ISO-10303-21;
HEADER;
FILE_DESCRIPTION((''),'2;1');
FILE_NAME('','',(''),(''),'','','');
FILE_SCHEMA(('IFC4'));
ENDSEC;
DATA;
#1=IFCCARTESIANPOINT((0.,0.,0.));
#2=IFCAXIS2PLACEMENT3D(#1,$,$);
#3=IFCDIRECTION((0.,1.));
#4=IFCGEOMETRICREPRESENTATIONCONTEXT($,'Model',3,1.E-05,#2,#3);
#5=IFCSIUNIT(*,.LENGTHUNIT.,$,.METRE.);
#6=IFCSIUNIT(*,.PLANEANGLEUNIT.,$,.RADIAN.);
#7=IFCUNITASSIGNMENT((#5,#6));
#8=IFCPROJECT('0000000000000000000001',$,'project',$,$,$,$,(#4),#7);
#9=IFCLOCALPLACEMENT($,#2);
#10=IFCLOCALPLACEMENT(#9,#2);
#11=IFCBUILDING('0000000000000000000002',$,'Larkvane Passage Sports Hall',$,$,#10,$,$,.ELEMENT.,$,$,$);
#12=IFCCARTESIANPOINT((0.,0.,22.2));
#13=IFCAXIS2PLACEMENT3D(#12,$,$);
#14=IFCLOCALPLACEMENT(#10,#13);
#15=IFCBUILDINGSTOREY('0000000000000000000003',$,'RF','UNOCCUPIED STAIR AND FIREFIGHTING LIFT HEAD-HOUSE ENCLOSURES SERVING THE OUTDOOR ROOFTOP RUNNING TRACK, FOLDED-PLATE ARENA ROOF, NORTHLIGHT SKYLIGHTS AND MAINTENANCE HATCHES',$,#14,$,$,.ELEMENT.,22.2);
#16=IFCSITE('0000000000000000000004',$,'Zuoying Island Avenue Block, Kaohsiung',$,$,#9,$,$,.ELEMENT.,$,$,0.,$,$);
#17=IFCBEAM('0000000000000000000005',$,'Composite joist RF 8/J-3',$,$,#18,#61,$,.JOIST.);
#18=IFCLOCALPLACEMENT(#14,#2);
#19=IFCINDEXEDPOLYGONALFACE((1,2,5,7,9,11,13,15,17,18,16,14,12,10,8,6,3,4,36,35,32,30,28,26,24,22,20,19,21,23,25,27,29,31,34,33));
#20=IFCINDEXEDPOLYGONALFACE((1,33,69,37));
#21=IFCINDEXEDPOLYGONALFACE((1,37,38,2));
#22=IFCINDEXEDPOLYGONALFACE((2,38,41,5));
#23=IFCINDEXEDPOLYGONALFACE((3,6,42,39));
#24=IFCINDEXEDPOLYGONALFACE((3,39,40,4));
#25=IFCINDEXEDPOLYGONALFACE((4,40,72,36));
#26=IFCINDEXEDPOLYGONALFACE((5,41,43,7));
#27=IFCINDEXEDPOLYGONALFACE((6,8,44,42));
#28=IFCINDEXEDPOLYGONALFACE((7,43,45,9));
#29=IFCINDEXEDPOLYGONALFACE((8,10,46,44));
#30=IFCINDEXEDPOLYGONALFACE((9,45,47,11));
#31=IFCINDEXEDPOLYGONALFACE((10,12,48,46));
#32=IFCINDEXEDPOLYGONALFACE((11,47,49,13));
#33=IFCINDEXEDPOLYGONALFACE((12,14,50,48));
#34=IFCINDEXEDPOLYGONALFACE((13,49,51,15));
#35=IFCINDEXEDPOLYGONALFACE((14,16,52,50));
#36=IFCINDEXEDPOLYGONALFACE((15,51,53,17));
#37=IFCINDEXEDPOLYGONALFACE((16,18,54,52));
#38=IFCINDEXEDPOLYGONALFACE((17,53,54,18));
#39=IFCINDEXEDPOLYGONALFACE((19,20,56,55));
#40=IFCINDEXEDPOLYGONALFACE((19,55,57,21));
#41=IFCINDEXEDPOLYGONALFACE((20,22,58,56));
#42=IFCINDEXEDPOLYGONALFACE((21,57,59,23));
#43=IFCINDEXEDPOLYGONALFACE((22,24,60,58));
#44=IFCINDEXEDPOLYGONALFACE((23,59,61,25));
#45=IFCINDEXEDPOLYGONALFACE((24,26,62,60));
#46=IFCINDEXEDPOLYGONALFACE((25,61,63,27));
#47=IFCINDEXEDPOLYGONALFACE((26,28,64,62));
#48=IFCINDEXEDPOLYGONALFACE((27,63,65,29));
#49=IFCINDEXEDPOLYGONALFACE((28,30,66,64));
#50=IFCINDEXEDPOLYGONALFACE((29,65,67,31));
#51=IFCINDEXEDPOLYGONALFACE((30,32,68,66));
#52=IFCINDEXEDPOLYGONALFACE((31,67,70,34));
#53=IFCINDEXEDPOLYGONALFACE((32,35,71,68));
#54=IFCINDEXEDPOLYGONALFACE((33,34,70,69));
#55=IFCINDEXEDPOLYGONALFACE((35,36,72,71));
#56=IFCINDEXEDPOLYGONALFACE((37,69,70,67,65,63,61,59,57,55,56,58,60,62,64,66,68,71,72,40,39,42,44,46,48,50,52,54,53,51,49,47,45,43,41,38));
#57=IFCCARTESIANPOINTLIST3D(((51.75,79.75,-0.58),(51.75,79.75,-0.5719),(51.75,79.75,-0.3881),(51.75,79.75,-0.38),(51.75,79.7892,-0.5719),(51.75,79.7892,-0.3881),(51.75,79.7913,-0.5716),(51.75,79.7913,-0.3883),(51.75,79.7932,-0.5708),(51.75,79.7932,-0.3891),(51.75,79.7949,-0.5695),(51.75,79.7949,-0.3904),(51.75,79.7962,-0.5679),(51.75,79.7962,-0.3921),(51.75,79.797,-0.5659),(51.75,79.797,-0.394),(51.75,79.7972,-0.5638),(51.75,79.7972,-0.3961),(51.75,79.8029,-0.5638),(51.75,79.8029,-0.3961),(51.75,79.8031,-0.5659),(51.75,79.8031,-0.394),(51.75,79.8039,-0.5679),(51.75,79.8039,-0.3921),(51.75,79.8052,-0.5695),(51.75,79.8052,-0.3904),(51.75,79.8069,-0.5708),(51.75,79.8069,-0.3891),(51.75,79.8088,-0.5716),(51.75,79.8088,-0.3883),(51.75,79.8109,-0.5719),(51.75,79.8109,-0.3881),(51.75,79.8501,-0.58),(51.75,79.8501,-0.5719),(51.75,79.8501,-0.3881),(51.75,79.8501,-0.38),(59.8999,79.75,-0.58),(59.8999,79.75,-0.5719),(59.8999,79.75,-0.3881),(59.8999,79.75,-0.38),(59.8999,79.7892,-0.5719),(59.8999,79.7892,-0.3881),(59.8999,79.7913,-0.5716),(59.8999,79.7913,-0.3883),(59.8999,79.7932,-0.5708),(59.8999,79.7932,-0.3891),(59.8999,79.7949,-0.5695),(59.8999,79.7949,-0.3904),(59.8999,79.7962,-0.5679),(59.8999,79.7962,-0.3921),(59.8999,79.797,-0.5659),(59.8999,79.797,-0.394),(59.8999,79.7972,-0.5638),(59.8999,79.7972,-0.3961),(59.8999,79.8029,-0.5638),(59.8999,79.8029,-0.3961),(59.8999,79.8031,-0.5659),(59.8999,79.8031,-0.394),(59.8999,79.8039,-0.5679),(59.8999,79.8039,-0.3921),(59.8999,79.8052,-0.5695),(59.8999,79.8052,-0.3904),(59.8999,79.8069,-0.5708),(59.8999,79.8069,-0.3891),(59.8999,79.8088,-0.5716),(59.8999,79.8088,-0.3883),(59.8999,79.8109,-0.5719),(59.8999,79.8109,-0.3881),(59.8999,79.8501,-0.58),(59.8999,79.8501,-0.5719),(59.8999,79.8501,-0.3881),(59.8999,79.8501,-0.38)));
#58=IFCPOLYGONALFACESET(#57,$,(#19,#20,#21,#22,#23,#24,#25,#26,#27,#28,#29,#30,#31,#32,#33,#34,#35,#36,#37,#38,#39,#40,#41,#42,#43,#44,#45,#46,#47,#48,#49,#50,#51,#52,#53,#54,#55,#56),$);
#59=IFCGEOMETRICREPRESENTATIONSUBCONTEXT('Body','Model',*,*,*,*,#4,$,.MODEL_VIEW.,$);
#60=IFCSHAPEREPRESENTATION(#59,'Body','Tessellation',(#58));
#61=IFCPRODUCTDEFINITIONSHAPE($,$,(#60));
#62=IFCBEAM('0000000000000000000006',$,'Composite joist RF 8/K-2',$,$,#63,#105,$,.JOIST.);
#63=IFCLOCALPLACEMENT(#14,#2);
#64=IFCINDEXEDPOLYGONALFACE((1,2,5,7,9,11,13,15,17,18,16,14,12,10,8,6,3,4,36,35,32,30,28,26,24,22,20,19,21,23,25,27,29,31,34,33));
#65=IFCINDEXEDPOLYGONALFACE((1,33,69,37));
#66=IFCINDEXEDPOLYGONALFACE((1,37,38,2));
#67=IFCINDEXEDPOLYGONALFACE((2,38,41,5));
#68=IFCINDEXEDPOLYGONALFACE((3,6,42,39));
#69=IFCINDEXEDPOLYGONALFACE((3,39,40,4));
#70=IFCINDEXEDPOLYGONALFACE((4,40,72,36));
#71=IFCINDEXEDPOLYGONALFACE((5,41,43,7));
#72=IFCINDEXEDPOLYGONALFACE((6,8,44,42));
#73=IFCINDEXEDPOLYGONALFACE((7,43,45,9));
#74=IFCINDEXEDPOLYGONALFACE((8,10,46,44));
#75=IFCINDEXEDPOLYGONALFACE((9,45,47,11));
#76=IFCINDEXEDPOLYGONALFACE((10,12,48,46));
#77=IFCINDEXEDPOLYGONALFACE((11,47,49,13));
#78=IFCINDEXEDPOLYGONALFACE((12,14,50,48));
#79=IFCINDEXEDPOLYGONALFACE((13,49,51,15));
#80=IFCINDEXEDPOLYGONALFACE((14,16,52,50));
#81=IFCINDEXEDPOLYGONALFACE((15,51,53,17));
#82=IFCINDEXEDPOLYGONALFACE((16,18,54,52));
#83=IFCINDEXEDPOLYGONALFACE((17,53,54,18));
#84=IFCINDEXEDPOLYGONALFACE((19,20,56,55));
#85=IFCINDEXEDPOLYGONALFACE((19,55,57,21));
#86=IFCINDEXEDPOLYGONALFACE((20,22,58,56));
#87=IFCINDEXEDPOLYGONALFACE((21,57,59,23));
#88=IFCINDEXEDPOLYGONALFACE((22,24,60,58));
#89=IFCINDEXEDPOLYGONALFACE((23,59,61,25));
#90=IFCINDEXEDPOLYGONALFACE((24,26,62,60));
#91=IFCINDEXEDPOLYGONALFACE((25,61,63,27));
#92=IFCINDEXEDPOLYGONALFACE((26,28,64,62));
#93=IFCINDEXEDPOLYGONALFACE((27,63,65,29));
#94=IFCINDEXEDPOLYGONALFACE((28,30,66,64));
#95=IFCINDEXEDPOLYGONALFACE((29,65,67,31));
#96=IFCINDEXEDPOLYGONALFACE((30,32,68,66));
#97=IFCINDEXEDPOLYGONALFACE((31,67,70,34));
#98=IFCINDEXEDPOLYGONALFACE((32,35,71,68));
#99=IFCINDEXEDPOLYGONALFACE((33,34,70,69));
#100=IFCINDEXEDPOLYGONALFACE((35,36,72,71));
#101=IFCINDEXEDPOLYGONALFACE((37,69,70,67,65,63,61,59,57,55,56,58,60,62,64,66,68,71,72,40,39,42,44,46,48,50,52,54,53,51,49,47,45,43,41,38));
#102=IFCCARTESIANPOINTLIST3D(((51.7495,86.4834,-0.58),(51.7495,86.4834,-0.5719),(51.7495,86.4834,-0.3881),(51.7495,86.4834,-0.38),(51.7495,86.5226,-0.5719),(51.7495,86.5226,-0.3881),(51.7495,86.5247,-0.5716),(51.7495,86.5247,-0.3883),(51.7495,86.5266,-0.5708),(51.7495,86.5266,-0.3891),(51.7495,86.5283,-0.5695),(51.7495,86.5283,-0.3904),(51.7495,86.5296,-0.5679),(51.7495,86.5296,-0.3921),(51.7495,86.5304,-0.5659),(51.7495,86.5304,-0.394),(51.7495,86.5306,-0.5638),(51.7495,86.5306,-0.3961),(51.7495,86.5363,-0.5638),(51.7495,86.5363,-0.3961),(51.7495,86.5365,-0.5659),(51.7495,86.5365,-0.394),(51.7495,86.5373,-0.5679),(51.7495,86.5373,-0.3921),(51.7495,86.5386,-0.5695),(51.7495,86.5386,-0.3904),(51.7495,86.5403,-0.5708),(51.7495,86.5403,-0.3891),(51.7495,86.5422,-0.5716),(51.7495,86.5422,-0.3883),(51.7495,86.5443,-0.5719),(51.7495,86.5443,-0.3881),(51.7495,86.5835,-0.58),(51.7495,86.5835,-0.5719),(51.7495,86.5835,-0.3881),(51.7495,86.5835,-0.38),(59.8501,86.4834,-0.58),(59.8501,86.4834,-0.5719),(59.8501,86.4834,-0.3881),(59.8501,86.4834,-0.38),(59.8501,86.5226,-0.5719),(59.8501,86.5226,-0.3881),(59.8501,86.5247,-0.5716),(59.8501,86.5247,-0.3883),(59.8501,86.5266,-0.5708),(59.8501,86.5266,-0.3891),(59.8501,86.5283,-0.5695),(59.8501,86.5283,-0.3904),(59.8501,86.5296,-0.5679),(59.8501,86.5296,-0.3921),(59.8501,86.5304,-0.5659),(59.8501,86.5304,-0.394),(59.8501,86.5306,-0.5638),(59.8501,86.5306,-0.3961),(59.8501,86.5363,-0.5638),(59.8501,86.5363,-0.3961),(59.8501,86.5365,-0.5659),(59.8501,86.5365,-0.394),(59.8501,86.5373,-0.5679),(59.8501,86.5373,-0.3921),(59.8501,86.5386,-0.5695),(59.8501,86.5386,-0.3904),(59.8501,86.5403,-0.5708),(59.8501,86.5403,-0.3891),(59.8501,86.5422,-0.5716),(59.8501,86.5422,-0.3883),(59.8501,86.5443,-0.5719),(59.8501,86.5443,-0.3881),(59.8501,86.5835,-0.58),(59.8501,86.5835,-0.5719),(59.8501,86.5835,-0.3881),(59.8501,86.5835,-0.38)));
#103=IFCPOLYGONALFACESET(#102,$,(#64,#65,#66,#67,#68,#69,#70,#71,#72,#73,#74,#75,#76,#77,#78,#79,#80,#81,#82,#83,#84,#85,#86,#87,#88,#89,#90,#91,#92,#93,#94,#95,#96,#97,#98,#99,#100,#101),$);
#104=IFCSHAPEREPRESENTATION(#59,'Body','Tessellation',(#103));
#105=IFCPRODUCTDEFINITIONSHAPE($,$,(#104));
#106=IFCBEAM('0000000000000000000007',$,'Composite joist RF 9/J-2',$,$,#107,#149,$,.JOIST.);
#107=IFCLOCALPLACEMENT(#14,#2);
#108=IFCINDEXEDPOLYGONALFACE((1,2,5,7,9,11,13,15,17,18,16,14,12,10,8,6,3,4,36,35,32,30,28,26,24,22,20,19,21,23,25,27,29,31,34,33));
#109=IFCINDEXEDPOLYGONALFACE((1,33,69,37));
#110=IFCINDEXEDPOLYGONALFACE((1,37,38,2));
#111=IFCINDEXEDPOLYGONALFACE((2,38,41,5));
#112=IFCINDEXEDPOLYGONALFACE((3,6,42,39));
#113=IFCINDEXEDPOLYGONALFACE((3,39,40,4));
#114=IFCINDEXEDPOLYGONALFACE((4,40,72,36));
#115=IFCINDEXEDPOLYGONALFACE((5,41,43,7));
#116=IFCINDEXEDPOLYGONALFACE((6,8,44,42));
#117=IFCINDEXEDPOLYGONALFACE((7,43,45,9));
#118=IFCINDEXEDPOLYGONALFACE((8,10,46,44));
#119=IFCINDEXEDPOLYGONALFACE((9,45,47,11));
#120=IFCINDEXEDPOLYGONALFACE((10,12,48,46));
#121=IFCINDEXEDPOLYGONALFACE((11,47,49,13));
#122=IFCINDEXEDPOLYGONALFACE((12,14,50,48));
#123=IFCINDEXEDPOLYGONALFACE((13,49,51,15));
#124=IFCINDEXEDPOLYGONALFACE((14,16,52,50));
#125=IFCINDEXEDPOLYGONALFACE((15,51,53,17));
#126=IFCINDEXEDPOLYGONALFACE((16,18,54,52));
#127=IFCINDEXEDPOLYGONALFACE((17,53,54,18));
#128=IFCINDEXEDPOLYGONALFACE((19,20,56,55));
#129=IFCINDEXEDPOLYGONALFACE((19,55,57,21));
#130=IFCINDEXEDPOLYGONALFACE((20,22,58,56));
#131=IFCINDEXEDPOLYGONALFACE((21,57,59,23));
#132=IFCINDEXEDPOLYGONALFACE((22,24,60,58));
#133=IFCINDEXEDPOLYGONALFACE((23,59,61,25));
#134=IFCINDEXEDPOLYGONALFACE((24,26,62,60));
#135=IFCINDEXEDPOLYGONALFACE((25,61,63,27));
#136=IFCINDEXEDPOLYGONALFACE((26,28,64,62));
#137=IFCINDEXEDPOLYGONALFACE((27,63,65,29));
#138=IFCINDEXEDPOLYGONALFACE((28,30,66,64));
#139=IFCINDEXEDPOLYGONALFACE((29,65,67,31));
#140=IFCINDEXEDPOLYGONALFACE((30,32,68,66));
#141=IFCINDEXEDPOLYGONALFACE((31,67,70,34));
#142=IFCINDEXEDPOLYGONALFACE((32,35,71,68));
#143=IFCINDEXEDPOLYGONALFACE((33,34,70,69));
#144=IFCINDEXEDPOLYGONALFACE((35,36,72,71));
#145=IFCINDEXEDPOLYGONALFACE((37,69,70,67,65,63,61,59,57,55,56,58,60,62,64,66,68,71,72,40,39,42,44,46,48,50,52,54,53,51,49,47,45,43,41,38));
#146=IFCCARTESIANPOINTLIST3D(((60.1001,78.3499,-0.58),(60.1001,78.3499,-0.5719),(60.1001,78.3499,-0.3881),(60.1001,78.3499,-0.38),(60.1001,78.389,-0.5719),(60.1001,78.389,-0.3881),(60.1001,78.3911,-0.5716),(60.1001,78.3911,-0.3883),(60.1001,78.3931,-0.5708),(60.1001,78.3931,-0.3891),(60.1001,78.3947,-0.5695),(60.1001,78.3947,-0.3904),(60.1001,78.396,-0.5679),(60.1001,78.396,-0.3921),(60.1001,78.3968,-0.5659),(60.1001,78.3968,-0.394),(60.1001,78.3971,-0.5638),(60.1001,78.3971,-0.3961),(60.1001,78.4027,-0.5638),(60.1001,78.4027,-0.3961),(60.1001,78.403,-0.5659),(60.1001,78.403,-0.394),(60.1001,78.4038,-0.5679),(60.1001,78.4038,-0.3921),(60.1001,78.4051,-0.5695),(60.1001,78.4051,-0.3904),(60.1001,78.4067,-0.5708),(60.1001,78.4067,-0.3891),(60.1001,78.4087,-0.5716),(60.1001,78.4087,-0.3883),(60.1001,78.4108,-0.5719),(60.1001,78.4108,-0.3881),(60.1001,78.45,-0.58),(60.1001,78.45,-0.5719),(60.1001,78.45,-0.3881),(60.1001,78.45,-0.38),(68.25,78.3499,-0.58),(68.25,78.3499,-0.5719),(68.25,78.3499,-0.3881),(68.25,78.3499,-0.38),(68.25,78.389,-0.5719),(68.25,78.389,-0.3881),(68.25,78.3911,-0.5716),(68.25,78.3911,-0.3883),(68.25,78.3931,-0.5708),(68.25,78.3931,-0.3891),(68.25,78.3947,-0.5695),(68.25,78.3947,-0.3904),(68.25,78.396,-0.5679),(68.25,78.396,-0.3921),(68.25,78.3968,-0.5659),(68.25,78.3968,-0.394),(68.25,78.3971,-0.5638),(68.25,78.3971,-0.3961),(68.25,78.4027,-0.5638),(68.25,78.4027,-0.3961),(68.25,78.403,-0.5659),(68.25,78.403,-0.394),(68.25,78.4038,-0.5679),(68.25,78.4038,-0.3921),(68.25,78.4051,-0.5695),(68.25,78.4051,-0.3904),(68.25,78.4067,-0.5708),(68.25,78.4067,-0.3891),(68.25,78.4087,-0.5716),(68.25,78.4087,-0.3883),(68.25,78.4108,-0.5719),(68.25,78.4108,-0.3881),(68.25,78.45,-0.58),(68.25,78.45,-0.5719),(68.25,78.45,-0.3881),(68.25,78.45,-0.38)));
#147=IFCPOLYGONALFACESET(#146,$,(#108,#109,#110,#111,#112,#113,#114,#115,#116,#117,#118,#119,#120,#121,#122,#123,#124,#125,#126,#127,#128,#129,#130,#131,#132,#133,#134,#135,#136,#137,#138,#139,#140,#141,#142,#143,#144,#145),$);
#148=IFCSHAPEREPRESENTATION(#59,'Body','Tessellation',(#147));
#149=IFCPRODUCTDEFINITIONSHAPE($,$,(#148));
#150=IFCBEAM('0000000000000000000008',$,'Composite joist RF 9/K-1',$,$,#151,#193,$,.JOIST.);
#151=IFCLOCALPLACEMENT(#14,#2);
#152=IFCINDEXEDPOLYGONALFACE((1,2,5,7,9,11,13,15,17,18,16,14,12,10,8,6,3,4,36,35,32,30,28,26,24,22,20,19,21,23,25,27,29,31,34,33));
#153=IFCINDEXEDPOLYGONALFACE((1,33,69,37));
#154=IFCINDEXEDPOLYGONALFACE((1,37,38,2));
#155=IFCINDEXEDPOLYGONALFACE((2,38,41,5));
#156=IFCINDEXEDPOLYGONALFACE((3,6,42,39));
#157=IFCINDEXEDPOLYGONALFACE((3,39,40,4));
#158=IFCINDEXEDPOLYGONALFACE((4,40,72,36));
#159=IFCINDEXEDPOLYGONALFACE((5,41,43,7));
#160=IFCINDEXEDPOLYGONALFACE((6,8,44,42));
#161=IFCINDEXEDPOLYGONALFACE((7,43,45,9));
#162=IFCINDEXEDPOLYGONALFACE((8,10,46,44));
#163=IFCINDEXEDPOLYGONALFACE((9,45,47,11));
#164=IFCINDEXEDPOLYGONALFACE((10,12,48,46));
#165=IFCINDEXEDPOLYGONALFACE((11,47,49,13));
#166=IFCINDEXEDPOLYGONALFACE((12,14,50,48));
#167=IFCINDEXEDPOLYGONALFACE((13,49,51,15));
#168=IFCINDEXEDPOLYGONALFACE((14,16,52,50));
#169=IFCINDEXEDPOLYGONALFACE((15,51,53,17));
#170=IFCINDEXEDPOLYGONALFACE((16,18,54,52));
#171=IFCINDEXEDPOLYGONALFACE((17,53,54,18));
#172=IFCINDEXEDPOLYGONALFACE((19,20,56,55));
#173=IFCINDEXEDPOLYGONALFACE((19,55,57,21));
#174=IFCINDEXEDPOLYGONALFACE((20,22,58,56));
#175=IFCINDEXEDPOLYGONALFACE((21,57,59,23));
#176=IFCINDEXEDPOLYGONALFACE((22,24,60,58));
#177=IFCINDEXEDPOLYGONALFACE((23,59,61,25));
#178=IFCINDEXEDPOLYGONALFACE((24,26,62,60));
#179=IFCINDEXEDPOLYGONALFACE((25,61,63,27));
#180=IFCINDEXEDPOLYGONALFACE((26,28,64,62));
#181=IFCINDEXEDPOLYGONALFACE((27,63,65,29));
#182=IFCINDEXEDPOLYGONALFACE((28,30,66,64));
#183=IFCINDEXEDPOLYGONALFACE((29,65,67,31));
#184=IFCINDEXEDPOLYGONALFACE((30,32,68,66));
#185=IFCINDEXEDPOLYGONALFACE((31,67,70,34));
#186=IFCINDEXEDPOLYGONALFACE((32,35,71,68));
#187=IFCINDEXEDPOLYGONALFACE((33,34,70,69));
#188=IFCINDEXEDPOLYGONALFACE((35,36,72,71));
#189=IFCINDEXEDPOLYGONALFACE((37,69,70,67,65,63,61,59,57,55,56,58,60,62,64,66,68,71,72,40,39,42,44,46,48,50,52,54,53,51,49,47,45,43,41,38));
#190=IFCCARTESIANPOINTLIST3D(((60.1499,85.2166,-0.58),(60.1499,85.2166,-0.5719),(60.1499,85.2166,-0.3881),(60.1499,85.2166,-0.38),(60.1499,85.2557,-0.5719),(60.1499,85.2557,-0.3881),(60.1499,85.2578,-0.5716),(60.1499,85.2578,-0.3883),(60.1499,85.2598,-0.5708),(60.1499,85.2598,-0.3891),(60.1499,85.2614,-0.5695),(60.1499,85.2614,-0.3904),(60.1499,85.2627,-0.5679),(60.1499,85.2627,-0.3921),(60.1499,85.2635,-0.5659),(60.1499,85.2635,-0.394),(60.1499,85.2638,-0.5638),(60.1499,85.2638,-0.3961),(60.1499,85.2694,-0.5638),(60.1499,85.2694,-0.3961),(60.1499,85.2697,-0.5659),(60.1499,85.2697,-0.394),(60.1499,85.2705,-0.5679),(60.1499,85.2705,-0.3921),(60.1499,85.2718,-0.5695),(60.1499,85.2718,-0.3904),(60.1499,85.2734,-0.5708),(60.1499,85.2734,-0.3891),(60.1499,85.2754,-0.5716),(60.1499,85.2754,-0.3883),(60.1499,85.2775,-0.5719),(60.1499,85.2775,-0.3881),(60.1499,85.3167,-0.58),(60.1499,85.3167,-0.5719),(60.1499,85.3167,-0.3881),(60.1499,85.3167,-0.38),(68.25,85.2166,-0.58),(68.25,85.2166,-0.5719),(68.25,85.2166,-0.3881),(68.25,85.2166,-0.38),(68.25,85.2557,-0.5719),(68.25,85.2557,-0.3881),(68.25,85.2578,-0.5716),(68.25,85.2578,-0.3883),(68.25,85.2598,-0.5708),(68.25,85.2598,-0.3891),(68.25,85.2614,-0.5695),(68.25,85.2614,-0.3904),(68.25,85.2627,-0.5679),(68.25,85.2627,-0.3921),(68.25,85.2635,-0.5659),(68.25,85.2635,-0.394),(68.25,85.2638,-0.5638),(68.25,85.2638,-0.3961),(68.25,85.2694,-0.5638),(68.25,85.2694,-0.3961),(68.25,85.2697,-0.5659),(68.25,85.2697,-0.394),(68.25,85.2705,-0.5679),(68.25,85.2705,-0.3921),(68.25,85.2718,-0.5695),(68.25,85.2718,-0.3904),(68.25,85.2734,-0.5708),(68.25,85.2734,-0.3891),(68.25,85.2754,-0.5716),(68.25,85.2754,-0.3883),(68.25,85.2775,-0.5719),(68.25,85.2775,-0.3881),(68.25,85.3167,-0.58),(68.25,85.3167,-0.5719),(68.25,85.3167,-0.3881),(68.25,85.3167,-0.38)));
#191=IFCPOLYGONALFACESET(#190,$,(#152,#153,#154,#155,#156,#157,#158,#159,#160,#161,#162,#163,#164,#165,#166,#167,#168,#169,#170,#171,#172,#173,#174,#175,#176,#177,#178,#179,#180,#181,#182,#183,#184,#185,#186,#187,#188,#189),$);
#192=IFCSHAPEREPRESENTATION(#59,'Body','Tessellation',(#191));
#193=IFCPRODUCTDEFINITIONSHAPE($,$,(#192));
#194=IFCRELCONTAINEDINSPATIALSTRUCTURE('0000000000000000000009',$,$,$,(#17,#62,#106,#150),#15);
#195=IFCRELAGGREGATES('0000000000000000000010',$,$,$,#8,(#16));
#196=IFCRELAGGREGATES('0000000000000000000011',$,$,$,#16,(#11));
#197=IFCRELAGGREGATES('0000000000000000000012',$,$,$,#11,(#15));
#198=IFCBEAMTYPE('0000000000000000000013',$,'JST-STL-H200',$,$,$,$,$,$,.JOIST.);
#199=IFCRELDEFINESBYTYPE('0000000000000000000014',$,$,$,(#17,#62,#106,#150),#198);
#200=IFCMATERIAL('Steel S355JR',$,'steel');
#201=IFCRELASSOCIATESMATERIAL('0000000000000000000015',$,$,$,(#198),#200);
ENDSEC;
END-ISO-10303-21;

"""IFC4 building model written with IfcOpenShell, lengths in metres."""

from ifc_helpers import new_model, si_unit, direction, frame, origin, origin_2d, place, context, subcontext, project, spatial, i_section, extrude, material, material_profile, profile_set, type_object, element, save


model = new_model("IFC4")

# Units and contexts
model_context = context("Model", 3, precision=1e-05, world=origin(), true_north=direction((0.0, 1.0)))
body_context = subcontext(model_context, "Body", "Model", "MODEL_VIEW")
ifc_project = project(units=[si_unit("LENGTHUNIT", "METRE"), si_unit("PLANEANGLEUNIT", "RADIAN")], contexts=[model_context])

# Site, building, storey
site_placement = place(None, origin())
site = spatial("IfcSite", under=ifc_project, at=site_placement, Name="Zuoying Island Avenue Block, Kaohsiung", CompositionType="ELEMENT", RefElevation=0.0)
building_placement = place(site_placement, origin())
building = spatial("IfcBuilding", under=site, at=building_placement, Name="Larkvane Passage Sports Hall", CompositionType="ELEMENT")
storey_placement = place(building_placement, frame((0.0, 0.0, 22.2)))
storey = spatial("IfcBuildingStorey", under=building, at=storey_placement, Name="RF", Description="UNOCCUPIED STAIR AND FIREFIGHTING LIFT HEAD-HOUSE ENCLOSURES SERVING THE OUTDOOR ROOFTOP RUNNING TRACK, FOLDED-PLATE ARENA ROOF, NORTHLIGHT SKYLIGHTS AND MAINTENANCE HATCHES", CompositionType="ELEMENT", Elevation=22.2)

# Beams
ifc_material_1 = material(Name="Steel S355JR", Category="steel")
ifc_material_profile_1 = material_profile(ifc_material_1, i_section(OverallWidth=0.1001, OverallDepth=0.2, WebThickness=0.0056, FlangeThickness=0.0081, FilletRadius=0.0081, at=origin_2d()), Name="H-200x100x5.5x8")
ifc_profile_set_1 = profile_set([ifc_material_profile_1], Name="Steel S355JR")
beam_type_1 = type_object("IfcBeamType", Name="JST-STL-H200", PredefinedType="JOIST", material=ifc_profile_set_1)
beam_1_placement = place(storey_placement, frame((51.75, 79.8, -0.48), z_axis=(1.0, 0.0, 0.0), x_axis=(0.0, 1.0, 0.0)))
element("IfcBeam", 1, at=beam_1_placement, inside=storey, type_object=beam_type_1, Name="Composite joist RF 8/J-3", PredefinedType="JOIST", context=body_context, shape_type="SweptSolid", body=[
    extrude(i_section(OverallWidth=0.1001, OverallDepth=0.2, WebThickness=0.0056, FlangeThickness=0.0081, FilletRadius=0.0081, at=origin_2d()), origin(), (0.0, 0.0, 1.0), 8.1499),
])
beam_2_placement = place(storey_placement, frame((51.7495, 86.5334, -0.48), z_axis=(1.0, 0.0, 0.0), x_axis=(0.0, 1.0, 0.0)))
element("IfcBeam", 2, at=beam_2_placement, inside=storey, type_object=beam_type_1, Name="Composite joist RF 8/K-2", PredefinedType="JOIST", context=body_context, shape_type="SweptSolid", body=[
    extrude(i_section(OverallWidth=0.1001, OverallDepth=0.2, WebThickness=0.0056, FlangeThickness=0.0081, FilletRadius=0.0081, at=origin_2d()), origin(), (0.0, 0.0, 1.0), 8.1006),
])
beam_3_placement = place(storey_placement, frame((60.1001, 78.3999, -0.48), z_axis=(1.0, 0.0, 0.0), x_axis=(0.0, 1.0, 0.0)))
element("IfcBeam", 3, at=beam_3_placement, inside=storey, type_object=beam_type_1, Name="Composite joist RF 9/J-2", PredefinedType="JOIST", context=body_context, shape_type="SweptSolid", body=[
    extrude(i_section(OverallWidth=0.1001, OverallDepth=0.2, WebThickness=0.0056, FlangeThickness=0.0081, FilletRadius=0.0081, at=origin_2d()), origin(), (0.0, 0.0, 1.0), 8.1499),
])
beam_4_placement = place(storey_placement, frame((60.1499, 85.2666, -0.48), z_axis=(1.0, 0.0, 0.0), x_axis=(0.0, 1.0, 0.0)))
element("IfcBeam", 4, at=beam_4_placement, inside=storey, type_object=beam_type_1, Name="Composite joist RF 9/K-1", PredefinedType="JOIST", context=body_context, shape_type="SweptSolid", body=[
    extrude(i_section(OverallWidth=0.1001, OverallDepth=0.2, WebThickness=0.0056, FlangeThickness=0.0081, FilletRadius=0.0081, at=origin_2d()), origin(), (0.0, 0.0, 1.0), 8.1001),
])

save(model, "model.ifc")
